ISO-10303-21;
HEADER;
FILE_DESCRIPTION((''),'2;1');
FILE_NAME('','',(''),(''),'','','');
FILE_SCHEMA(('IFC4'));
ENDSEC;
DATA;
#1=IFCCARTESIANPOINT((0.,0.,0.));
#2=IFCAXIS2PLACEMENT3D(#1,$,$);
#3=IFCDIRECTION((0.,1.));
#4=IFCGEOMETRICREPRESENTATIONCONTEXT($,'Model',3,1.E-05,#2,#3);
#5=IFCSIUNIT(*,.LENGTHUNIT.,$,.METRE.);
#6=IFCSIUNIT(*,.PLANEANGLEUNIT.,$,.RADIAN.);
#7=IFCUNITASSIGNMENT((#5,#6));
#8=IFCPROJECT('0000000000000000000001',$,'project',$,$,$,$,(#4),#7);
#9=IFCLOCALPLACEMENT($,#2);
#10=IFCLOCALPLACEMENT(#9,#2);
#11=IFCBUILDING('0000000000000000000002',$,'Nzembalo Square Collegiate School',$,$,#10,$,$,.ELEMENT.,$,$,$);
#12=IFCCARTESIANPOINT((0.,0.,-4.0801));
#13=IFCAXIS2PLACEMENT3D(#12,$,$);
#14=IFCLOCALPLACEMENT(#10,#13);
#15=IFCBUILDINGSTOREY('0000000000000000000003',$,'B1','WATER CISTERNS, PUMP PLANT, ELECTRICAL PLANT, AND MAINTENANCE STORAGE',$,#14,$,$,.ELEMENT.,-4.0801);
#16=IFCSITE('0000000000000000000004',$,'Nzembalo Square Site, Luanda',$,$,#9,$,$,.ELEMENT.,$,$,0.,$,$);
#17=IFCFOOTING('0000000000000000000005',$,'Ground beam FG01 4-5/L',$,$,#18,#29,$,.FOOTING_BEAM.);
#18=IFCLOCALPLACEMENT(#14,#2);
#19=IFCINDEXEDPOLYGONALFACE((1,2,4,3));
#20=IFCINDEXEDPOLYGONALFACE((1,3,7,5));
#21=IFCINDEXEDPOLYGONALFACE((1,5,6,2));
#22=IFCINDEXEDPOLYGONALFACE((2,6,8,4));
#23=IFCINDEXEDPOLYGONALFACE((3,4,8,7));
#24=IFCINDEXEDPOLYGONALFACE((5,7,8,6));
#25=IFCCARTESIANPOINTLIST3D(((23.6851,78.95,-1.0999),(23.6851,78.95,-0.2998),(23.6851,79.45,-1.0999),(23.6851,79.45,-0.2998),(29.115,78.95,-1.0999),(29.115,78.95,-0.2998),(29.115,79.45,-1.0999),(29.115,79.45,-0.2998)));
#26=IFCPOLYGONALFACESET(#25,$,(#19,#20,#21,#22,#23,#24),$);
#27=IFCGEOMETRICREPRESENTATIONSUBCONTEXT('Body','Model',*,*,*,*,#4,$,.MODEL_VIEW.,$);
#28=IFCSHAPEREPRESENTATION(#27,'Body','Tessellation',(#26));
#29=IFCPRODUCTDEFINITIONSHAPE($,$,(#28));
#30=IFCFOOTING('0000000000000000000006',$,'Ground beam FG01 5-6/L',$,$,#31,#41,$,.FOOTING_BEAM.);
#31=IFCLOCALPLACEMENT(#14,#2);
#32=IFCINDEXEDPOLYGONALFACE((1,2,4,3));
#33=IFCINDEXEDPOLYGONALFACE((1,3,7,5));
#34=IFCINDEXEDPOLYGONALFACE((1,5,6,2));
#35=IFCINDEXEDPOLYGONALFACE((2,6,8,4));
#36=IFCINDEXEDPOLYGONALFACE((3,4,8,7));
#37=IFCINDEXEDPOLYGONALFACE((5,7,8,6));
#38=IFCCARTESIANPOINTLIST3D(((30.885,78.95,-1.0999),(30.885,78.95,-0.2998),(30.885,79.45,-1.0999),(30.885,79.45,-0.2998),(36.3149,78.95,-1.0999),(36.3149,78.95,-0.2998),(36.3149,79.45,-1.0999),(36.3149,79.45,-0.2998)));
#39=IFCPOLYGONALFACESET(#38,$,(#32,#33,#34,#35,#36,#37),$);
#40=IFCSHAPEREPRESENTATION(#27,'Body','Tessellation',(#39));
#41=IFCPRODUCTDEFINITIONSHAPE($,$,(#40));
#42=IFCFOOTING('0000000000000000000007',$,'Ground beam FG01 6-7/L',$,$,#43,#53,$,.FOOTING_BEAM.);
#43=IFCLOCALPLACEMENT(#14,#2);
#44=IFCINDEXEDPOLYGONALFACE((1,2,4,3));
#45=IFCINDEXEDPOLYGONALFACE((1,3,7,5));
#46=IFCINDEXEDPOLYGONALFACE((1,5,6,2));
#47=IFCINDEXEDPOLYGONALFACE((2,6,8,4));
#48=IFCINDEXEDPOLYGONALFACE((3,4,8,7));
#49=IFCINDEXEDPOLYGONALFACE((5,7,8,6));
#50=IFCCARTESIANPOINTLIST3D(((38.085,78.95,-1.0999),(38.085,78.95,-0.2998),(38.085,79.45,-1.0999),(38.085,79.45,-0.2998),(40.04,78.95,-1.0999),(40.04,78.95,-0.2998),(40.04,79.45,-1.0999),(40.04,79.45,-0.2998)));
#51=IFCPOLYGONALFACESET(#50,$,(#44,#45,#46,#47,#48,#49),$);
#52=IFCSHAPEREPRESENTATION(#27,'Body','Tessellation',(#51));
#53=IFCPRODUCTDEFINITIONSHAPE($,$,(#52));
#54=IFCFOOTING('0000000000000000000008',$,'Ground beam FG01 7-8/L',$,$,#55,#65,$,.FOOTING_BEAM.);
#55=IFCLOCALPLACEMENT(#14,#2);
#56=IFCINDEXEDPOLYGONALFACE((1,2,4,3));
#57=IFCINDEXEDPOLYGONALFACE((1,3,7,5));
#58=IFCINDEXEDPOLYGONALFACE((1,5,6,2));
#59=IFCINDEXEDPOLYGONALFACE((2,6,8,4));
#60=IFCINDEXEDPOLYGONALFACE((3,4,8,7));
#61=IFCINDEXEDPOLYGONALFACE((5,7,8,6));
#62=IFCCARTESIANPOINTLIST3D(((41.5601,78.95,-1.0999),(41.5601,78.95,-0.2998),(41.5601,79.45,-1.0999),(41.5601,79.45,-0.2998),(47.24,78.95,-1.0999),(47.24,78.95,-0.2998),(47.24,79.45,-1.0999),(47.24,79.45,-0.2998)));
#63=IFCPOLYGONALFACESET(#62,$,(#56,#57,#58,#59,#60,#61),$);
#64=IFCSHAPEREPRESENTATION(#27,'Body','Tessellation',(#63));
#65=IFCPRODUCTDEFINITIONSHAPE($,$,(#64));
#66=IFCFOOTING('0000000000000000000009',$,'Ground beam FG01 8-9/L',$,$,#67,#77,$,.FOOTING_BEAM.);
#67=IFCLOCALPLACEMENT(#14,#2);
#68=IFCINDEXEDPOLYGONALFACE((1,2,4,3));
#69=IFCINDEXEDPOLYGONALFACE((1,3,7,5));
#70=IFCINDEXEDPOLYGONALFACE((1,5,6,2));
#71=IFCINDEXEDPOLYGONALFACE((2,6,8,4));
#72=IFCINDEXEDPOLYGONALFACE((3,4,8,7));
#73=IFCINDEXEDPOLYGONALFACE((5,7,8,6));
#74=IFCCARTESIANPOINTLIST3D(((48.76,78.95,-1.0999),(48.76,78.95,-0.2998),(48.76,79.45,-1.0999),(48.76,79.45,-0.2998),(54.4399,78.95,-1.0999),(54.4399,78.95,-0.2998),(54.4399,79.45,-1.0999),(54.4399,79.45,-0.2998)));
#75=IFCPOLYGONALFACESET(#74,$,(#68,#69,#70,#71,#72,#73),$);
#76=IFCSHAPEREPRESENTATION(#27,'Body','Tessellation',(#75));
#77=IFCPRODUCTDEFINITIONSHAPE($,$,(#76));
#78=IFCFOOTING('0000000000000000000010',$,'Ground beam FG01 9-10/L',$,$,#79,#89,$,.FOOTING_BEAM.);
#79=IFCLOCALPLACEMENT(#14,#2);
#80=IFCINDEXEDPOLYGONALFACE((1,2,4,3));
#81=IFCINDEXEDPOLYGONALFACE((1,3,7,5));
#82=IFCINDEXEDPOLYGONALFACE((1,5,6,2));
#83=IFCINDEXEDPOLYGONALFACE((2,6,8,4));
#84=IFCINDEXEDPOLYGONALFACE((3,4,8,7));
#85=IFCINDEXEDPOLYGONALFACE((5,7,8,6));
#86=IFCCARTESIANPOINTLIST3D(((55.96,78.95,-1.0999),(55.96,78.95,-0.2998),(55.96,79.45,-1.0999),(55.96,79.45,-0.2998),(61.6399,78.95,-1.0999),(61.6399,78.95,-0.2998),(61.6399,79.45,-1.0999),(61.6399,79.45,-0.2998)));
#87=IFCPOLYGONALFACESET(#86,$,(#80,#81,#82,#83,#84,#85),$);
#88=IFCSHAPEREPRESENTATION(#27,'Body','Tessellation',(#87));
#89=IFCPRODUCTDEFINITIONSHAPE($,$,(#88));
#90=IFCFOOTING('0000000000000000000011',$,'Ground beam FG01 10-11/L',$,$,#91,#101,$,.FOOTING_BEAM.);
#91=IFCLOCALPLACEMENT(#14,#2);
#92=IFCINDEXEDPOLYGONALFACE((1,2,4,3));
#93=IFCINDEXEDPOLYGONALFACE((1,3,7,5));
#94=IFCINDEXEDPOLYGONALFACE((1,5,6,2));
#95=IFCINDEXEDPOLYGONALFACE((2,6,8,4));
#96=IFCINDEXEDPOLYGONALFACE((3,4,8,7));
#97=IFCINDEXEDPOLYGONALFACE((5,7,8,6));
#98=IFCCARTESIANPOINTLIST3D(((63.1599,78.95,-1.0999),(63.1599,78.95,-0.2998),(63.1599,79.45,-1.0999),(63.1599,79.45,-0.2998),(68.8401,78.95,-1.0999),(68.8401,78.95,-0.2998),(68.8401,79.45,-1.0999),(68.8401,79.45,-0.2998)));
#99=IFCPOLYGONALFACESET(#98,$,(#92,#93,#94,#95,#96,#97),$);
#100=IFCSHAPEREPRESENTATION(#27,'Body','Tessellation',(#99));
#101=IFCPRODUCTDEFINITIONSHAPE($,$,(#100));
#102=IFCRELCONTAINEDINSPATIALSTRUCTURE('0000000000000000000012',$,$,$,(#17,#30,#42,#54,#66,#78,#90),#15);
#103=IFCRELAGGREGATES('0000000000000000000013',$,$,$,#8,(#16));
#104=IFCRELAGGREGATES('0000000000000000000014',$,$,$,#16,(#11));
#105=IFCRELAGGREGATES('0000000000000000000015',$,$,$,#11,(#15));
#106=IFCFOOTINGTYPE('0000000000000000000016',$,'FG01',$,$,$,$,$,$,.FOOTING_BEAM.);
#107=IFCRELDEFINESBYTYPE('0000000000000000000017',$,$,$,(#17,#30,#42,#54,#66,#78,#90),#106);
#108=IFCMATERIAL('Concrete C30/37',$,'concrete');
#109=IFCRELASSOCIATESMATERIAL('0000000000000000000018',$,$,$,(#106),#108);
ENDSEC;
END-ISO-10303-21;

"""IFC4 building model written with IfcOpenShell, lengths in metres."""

from ifc_helpers import new_model, si_unit, direction, frame, origin, place, context, subcontext, project, spatial, polyline, outline, extrude, material, type_object, element, save


model = new_model("IFC4")

# Units and contexts
model_context = context("Model", 3, precision=1e-05, world=origin(), true_north=direction((0.0, 1.0)))
body_context = subcontext(model_context, "Body", "Model", "MODEL_VIEW")
ifc_project = project(units=[si_unit("LENGTHUNIT", "METRE"), si_unit("PLANEANGLEUNIT", "RADIAN")], contexts=[model_context])

# Site, building, storey
site_placement = place(None, origin())
site = spatial("IfcSite", under=ifc_project, at=site_placement, Name="Nzembalo Square Site, Luanda", CompositionType="ELEMENT", RefElevation=0.0)
building_placement = place(site_placement, origin())
building = spatial("IfcBuilding", under=site, at=building_placement, Name="Nzembalo Square Collegiate School", CompositionType="ELEMENT")
storey_placement = place(building_placement, frame((0.0, 0.0, -4.0801)))
storey = spatial("IfcBuildingStorey", under=building, at=storey_placement, Name="B1", Description="WATER CISTERNS, PUMP PLANT, ELECTRICAL PLANT, AND MAINTENANCE STORAGE", CompositionType="ELEMENT", Elevation=-4.0801)

# Footings
ifc_material = material(Name="Concrete C30/37", Category="concrete")
footing_type = type_object("IfcFootingType", Name="FG01", PredefinedType="FOOTING_BEAM", material=ifc_material)
footing_1_placement = place(storey_placement, frame((0.0, 0.0, -1.0999)))
element("IfcFooting", 1, at=footing_1_placement, inside=storey, type_object=footing_type, Name="Ground beam FG01 4-5/L", PredefinedType="FOOTING_BEAM", context=body_context, shape_type="SweptSolid", body=[
    extrude(outline(polyline([(23.6851, 78.95), (29.115, 78.95), (29.115, 79.45), (23.6851, 79.45), (23.6851, 78.95)])), origin(), (0.0, 0.0, 1.0), 0.8),
])
footing_2_placement = place(storey_placement, frame((0.0, 0.0, -1.0999)))
element("IfcFooting", 2, at=footing_2_placement, inside=storey, type_object=footing_type, Name="Ground beam FG01 5-6/L", PredefinedType="FOOTING_BEAM", context=body_context, shape_type="SweptSolid", body=[
    extrude(outline(polyline([(30.885, 78.95), (36.3149, 78.95), (36.3149, 79.45), (30.885, 79.45), (30.885, 78.95)])), origin(), (0.0, 0.0, 1.0), 0.8),
])
footing_3_placement = place(storey_placement, frame((0.0, 0.0, -1.0999)))
element("IfcFooting", 3, at=footing_3_placement, inside=storey, type_object=footing_type, Name="Ground beam FG01 6-7/L", PredefinedType="FOOTING_BEAM", context=body_context, shape_type="SweptSolid", body=[
    extrude(outline(polyline([(38.085, 78.95), (40.04, 78.95), (40.04, 79.45), (38.085, 79.45), (38.085, 78.95)])), origin(), (0.0, 0.0, 1.0), 0.8),
])
footing_4_placement = place(storey_placement, frame((0.0, 0.0, -1.0999)))
element("IfcFooting", 4, at=footing_4_placement, inside=storey, type_object=footing_type, Name="Ground beam FG01 7-8/L", PredefinedType="FOOTING_BEAM", context=body_context, shape_type="SweptSolid", body=[
    extrude(outline(polyline([(41.5601, 78.95), (47.24, 78.95), (47.24, 79.45), (41.5601, 79.45), (41.5601, 78.95)])), origin(), (0.0, 0.0, 1.0), 0.8),
])
footing_5_placement = place(storey_placement, frame((0.0, 0.0, -1.0999)))
element("IfcFooting", 5, at=footing_5_placement, inside=storey, type_object=footing_type, Name="Ground beam FG01 8-9/L", PredefinedType="FOOTING_BEAM", context=body_context, shape_type="SweptSolid", body=[
    extrude(outline(polyline([(48.76, 78.95), (54.4399, 78.95), (54.4399, 79.45), (48.76, 79.45), (48.76, 78.95)])), origin(), (0.0, 0.0, 1.0), 0.8),
])
footing_6_placement = place(storey_placement, frame((0.0, 0.0, -1.0999)))
element("IfcFooting", 6, at=footing_6_placement, inside=storey, type_object=footing_type, Name="Ground beam FG01 9-10/L", PredefinedType="FOOTING_BEAM", context=body_context, shape_type="SweptSolid", body=[
    extrude(outline(polyline([(55.96, 78.95), (61.6399, 78.95), (61.6399, 79.45), (55.96, 79.45), (55.96, 78.95)])), origin(), (0.0, 0.0, 1.0), 0.8),
])
footing_7_placement = place(storey_placement, frame((0.0, 0.0, -1.0999)))
element("IfcFooting", 7, at=footing_7_placement, inside=storey, type_object=footing_type, Name="Ground beam FG01 10-11/L", PredefinedType="FOOTING_BEAM", context=body_context, shape_type="SweptSolid", body=[
    extrude(outline(polyline([(63.1599, 78.95), (68.8401, 78.95), (68.8401, 79.45), (63.1599, 79.45), (63.1599, 78.95)])), origin(), (0.0, 0.0, 1.0), 0.8),
])

save(model, "model.ifc")
